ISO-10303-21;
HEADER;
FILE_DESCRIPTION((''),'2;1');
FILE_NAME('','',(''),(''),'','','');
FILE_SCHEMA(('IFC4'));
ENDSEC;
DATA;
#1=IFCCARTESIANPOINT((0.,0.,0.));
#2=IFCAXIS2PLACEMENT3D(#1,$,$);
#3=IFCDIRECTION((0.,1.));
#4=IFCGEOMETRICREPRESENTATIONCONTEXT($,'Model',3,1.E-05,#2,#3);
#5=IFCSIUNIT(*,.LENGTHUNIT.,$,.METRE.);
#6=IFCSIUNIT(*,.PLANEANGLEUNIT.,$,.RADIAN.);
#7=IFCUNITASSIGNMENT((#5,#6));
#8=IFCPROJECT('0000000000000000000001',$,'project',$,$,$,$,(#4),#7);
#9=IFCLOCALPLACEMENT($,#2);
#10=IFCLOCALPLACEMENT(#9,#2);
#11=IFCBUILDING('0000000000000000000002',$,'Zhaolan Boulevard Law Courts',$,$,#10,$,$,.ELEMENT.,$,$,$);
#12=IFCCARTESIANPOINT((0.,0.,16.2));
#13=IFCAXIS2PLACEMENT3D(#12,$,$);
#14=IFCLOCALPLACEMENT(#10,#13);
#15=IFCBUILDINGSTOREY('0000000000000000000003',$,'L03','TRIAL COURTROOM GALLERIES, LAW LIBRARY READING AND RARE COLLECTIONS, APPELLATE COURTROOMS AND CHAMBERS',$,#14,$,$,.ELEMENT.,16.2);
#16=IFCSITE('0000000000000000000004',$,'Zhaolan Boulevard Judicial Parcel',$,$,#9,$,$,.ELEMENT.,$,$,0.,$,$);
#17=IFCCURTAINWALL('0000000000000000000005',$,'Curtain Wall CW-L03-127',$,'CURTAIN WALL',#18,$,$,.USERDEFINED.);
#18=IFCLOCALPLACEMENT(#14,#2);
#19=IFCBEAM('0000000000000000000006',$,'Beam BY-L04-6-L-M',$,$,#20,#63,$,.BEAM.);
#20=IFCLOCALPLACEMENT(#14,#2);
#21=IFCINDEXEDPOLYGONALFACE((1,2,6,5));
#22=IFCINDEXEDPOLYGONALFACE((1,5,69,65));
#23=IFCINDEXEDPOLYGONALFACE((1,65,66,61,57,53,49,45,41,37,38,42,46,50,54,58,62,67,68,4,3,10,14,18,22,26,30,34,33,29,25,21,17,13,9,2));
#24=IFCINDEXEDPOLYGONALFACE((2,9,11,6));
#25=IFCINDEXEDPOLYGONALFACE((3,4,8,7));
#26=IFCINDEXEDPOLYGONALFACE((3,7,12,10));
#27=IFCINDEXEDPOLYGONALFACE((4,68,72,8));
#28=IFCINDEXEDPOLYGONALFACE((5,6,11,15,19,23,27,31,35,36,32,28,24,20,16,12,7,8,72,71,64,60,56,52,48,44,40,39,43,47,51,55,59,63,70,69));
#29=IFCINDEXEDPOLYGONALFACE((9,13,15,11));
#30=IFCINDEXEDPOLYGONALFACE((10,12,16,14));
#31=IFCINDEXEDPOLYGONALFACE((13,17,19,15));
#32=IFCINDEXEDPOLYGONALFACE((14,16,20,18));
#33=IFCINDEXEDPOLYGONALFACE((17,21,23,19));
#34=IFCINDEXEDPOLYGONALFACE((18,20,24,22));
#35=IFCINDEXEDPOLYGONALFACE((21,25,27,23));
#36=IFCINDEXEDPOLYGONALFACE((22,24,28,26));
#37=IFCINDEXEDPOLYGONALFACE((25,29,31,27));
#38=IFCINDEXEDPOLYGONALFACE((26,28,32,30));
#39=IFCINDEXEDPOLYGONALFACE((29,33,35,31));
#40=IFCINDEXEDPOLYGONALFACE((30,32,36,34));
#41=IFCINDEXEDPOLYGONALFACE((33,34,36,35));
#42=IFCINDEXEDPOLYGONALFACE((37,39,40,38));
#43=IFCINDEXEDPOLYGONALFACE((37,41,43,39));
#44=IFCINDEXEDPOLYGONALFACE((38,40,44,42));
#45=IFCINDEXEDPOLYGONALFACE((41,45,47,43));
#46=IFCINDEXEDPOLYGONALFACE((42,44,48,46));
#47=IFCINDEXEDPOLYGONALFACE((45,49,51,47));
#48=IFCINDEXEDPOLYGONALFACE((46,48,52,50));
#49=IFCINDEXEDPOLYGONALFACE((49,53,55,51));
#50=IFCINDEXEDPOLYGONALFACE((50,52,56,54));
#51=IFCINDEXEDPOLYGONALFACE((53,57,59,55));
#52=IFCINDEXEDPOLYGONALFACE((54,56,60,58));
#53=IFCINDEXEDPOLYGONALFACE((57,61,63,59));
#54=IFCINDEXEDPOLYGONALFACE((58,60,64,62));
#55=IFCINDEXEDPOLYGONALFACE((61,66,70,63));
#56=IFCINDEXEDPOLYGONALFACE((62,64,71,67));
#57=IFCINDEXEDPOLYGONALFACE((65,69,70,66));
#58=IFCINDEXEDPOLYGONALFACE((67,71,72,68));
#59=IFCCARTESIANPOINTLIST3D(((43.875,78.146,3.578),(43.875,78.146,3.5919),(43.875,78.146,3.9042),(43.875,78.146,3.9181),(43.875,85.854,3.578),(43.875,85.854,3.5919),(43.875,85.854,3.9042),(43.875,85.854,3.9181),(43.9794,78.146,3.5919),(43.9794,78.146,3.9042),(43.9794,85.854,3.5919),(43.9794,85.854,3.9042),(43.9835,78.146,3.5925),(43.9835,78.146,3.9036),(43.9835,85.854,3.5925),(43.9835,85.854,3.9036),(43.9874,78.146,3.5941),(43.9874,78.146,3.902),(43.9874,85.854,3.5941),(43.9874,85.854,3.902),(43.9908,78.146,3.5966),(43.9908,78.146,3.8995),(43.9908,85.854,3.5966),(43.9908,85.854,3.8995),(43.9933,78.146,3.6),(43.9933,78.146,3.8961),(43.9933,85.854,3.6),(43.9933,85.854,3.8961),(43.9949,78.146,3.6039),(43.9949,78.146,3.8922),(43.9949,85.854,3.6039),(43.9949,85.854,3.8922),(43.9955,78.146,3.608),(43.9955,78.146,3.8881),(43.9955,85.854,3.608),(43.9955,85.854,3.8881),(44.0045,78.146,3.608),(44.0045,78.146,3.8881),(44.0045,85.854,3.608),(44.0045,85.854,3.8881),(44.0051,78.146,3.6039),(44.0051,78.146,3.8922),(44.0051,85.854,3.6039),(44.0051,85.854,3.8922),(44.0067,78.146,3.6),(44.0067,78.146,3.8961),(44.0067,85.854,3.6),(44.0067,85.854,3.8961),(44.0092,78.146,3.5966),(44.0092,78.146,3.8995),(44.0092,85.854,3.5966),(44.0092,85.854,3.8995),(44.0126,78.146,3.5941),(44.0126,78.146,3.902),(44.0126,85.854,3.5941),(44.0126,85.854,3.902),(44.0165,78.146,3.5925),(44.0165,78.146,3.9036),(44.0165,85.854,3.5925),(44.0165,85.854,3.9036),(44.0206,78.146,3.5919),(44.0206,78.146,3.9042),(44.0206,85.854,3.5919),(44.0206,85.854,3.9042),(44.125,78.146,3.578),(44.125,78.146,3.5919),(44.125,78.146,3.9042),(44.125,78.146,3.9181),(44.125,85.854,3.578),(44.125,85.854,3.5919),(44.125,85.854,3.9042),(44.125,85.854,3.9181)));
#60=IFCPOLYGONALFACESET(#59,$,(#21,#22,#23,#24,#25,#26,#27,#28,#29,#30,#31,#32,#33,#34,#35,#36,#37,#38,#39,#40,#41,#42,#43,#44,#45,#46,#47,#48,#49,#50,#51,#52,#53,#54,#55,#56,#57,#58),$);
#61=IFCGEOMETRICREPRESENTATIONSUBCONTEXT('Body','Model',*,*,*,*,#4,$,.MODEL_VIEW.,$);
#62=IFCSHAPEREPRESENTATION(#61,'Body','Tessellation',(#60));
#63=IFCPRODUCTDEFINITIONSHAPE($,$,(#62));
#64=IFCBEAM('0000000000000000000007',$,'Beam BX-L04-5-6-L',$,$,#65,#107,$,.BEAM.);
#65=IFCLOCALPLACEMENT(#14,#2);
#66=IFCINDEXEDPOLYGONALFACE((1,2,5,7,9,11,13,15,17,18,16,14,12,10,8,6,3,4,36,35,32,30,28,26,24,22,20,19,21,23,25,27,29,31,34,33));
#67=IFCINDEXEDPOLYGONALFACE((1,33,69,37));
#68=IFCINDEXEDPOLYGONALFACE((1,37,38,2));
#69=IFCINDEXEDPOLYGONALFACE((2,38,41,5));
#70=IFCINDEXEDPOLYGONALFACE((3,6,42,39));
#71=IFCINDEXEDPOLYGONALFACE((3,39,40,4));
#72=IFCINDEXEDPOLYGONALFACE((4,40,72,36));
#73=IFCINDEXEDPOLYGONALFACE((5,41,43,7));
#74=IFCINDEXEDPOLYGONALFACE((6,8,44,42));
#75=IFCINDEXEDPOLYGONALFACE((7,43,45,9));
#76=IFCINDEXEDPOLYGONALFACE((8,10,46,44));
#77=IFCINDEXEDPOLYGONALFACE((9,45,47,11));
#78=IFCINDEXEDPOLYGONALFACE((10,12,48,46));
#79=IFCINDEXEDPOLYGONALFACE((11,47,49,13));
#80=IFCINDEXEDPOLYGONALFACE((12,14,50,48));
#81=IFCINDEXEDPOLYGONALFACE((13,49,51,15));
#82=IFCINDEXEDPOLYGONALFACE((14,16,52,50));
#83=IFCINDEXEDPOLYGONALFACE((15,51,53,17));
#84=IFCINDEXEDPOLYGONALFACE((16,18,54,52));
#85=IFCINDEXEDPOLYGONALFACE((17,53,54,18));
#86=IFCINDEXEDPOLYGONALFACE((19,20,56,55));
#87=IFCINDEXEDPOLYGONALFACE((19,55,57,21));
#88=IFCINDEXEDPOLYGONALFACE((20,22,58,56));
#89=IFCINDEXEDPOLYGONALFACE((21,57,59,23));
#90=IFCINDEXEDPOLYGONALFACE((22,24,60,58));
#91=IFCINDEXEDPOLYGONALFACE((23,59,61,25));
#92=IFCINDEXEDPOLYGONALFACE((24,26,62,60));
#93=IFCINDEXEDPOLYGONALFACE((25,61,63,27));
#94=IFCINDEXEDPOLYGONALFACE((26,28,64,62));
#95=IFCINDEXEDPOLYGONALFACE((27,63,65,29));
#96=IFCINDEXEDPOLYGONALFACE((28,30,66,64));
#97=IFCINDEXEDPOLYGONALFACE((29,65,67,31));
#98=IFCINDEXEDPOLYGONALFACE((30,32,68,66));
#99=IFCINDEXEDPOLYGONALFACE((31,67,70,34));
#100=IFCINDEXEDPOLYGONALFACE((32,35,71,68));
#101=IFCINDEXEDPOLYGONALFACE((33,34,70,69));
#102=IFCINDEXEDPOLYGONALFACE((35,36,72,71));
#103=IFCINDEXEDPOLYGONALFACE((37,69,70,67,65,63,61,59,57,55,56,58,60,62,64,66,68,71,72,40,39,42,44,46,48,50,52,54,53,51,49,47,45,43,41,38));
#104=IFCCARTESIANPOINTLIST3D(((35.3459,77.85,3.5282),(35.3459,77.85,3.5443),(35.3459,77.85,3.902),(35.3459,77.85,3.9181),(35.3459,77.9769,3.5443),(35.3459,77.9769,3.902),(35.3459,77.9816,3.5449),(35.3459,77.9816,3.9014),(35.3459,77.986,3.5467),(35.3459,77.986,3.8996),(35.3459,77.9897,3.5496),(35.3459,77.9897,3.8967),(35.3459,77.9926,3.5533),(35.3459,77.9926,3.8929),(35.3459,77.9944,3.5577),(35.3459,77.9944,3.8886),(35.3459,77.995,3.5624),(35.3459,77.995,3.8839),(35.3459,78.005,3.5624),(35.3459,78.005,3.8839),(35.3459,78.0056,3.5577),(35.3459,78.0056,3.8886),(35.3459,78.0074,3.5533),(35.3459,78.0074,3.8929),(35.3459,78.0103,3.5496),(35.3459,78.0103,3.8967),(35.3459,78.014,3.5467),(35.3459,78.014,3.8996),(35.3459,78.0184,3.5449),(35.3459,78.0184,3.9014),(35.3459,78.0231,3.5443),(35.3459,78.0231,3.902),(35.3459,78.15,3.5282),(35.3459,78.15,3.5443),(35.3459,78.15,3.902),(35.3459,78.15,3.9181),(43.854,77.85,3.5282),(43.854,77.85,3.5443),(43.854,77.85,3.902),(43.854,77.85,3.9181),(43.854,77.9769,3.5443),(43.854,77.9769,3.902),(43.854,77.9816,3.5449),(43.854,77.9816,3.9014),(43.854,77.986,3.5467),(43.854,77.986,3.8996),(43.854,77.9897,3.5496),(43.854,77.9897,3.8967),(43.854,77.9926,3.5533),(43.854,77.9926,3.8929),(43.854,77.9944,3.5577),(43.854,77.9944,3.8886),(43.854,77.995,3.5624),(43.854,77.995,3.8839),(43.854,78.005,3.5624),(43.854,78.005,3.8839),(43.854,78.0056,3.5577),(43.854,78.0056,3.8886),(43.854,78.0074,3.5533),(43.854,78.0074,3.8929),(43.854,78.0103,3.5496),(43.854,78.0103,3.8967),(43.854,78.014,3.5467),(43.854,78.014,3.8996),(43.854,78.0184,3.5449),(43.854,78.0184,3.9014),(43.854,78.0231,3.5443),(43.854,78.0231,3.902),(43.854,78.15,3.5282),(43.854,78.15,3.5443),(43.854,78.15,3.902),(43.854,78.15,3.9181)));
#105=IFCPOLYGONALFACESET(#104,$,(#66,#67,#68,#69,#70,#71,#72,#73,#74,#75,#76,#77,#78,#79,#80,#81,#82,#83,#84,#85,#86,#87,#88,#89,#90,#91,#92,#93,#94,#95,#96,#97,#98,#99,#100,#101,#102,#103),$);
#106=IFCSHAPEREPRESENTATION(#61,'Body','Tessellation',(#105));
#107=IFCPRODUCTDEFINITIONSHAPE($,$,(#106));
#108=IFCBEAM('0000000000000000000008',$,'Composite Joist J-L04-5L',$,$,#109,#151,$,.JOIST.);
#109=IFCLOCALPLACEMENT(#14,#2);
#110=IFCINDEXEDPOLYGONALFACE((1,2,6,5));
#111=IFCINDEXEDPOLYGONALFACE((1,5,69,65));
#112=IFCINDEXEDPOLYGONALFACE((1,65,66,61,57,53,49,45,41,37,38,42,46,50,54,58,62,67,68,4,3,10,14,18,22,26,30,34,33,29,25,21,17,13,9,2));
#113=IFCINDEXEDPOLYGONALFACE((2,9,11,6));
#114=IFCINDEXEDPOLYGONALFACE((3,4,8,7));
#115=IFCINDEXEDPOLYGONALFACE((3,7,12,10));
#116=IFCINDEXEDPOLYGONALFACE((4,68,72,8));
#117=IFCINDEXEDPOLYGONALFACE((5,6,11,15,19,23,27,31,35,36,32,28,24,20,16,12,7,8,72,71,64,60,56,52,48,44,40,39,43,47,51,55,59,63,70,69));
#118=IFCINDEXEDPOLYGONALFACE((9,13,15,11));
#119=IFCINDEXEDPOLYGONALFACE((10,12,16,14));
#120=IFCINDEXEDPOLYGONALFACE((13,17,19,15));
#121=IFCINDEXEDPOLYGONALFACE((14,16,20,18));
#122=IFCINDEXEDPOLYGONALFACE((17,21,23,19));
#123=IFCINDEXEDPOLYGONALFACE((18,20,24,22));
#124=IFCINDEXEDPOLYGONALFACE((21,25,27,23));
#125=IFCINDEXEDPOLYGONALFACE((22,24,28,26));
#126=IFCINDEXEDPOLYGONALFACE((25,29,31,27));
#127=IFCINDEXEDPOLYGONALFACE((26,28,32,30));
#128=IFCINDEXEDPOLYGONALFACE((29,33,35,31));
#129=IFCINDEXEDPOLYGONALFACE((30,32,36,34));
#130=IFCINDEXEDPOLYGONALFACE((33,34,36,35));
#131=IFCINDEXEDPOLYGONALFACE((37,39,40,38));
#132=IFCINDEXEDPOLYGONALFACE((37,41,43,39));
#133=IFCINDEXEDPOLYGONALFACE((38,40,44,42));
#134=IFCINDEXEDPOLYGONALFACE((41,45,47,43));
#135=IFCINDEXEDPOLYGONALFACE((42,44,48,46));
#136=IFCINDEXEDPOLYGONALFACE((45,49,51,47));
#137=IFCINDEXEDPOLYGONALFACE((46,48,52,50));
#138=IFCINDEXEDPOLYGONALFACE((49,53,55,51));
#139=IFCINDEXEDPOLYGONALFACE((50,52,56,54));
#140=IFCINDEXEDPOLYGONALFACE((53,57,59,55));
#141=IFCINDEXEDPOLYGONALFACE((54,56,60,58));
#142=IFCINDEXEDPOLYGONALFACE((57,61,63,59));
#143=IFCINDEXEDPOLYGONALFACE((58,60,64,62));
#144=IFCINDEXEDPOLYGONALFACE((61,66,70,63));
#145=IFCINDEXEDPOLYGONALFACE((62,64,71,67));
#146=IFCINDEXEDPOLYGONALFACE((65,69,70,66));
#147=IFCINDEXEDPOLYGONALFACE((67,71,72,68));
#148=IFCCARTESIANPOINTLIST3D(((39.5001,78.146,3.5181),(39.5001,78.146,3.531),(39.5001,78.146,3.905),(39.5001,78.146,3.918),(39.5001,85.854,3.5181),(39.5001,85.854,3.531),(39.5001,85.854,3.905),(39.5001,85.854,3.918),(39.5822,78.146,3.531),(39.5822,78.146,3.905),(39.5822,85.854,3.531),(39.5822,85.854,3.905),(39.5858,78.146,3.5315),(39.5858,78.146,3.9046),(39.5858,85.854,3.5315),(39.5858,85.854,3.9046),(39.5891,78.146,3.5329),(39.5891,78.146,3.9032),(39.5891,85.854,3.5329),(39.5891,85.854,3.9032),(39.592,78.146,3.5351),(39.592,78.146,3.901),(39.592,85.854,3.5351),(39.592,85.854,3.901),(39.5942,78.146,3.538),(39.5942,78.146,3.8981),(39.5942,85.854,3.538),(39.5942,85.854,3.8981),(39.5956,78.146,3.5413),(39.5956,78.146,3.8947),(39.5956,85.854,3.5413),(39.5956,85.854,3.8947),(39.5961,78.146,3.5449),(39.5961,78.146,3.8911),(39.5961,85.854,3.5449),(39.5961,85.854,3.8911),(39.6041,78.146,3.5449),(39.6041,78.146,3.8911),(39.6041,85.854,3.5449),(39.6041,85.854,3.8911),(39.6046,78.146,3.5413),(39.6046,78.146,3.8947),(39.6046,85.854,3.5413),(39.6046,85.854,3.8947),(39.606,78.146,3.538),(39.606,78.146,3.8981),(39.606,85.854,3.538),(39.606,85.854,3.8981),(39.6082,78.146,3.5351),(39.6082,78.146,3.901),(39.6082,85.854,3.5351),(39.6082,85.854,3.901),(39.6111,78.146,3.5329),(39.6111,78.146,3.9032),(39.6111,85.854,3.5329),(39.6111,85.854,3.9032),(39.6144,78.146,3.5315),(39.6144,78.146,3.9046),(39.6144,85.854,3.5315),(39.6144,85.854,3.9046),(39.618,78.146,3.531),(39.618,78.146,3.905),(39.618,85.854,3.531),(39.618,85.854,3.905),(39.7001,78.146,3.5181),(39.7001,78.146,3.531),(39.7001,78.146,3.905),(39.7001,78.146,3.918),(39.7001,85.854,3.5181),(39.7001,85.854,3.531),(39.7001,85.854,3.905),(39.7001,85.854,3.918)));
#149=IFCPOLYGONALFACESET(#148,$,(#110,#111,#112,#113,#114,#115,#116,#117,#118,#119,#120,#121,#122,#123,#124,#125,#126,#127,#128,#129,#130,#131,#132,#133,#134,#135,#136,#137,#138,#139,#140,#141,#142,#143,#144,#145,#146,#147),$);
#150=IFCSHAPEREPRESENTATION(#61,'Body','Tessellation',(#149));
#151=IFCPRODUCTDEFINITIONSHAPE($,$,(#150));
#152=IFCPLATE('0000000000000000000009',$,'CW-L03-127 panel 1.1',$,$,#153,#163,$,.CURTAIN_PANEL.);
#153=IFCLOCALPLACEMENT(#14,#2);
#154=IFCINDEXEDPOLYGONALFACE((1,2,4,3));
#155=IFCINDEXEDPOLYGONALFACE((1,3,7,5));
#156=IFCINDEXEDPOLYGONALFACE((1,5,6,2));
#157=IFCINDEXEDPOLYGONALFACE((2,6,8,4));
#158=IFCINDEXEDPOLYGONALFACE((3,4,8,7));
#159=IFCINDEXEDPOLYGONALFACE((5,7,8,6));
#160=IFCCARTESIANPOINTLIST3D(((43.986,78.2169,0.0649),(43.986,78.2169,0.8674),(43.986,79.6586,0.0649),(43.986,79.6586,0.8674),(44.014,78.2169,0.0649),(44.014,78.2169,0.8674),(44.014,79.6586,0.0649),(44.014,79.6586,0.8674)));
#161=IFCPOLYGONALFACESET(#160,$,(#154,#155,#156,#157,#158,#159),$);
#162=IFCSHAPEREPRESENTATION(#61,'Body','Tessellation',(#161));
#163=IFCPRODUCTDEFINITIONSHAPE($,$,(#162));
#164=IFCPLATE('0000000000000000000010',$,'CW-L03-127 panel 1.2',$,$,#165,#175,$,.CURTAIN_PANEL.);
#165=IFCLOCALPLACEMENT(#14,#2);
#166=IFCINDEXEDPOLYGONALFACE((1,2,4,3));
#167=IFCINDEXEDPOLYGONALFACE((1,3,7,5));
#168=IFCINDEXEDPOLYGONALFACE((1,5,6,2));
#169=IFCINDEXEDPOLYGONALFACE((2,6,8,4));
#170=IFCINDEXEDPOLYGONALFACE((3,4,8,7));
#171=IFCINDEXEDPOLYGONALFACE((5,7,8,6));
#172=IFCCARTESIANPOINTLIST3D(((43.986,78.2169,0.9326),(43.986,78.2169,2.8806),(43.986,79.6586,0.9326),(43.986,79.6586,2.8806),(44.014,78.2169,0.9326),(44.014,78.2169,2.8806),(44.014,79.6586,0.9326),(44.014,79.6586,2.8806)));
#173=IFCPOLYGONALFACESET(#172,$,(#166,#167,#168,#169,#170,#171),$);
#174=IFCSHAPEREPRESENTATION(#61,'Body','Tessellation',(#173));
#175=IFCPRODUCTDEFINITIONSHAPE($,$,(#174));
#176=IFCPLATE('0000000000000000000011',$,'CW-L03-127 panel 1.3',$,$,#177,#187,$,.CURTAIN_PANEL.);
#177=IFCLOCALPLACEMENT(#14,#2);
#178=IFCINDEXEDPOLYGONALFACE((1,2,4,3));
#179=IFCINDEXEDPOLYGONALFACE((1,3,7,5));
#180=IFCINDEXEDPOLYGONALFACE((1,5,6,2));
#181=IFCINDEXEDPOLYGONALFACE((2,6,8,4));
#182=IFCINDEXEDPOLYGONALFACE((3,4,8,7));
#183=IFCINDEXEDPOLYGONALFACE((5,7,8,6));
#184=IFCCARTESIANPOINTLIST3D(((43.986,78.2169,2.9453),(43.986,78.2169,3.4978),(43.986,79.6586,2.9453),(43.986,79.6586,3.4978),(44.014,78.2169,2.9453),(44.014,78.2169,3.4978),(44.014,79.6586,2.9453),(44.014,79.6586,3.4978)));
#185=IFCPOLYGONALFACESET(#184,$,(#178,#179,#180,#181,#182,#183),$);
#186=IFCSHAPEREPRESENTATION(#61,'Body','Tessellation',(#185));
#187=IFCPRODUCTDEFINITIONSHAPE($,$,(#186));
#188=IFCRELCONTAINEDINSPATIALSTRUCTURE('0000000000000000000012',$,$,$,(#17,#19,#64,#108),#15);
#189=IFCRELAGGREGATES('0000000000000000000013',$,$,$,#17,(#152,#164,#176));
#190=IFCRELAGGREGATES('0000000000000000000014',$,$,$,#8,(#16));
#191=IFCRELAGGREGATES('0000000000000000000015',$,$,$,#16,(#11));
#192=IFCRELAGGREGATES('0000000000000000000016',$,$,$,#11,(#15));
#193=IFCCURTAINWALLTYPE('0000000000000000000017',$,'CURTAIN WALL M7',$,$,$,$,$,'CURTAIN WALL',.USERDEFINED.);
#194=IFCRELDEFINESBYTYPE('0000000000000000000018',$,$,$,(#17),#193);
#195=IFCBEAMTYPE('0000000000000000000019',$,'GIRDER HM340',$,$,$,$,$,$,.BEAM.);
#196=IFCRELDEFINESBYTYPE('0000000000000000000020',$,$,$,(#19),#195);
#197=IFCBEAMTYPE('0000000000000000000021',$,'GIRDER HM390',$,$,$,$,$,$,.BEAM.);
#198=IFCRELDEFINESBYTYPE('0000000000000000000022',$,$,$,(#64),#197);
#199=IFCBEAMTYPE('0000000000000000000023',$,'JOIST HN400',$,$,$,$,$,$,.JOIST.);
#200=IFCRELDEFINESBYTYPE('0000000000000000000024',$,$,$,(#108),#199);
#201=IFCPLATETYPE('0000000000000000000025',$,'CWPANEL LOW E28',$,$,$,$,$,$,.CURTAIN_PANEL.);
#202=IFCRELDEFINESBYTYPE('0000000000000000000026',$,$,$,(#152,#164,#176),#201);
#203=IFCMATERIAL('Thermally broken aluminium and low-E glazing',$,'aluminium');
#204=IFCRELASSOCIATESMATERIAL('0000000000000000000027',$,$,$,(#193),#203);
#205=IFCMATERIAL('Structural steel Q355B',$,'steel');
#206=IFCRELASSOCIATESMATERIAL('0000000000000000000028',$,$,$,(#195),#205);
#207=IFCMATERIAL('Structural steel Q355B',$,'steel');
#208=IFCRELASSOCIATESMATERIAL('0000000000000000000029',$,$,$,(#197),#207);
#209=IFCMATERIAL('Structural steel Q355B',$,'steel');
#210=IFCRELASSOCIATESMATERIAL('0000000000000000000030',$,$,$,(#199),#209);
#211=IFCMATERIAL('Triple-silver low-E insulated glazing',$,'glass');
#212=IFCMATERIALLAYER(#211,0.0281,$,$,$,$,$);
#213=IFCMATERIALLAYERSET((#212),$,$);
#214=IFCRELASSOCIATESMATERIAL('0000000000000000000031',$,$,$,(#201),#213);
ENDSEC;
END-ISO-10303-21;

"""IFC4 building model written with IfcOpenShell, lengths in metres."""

from ifc_helpers import new_model, si_unit, direction, frame, origin, origin_2d, place, context, subcontext, project, spatial, rectangle, i_section, extrude, material, layer, layer_set, material_profile, profile_set, type_object, element, aggregate, save


model = new_model("IFC4")

# Units and contexts
model_context = context("Model", 3, precision=1e-05, world=origin(), true_north=direction((0.0, 1.0)))
body_context = subcontext(model_context, "Body", "Model", "MODEL_VIEW")
ifc_project = project(units=[si_unit("LENGTHUNIT", "METRE"), si_unit("PLANEANGLEUNIT", "RADIAN")], contexts=[model_context])

# Site, building, storey
site_placement = place(None, origin())
site = spatial("IfcSite", under=ifc_project, at=site_placement, Name="Zhaolan Boulevard Judicial Parcel", CompositionType="ELEMENT", RefElevation=0.0)
building_placement = place(site_placement, origin())
building = spatial("IfcBuilding", under=site, at=building_placement, Name="Zhaolan Boulevard Law Courts", CompositionType="ELEMENT")
storey_placement = place(building_placement, frame((0.0, 0.0, 16.2)))
storey = spatial("IfcBuildingStorey", under=building, at=storey_placement, Name="L03", Description="TRIAL COURTROOM GALLERIES, LAW LIBRARY READING AND RARE COLLECTIONS, APPELLATE COURTROOMS AND CHAMBERS", CompositionType="ELEMENT", Elevation=16.2)

# Curtain wall
ifc_material_1 = material(Name="Thermally broken aluminium and low-E glazing", Category="aluminium")
curtain_wall_type = type_object("IfcCurtainWallType", Name="CURTAIN WALL M7", ElementType="CURTAIN WALL", PredefinedType="USERDEFINED", material=ifc_material_1)
curtain_wall_placement = place(storey_placement, origin())
curtain_wall = element("IfcCurtainWall", 1, at=curtain_wall_placement, inside=storey, type_object=curtain_wall_type, Name="Curtain Wall CW-L03-127", ObjectType="CURTAIN WALL", PredefinedType="USERDEFINED")

# Beams
ifc_material_2 = material(Name="Structural steel Q355B", Category="steel")
ifc_material_profile_1 = material_profile(ifc_material_2, i_section(OverallWidth=0.25, OverallDepth=0.3401, WebThickness=0.009, FlangeThickness=0.0139, FilletRadius=0.0161, at=origin_2d()), Name="HM340x250")
ifc_profile_set_1 = profile_set([ifc_material_profile_1], Name="Structural steel Q355B")
beam_type_1 = type_object("IfcBeamType", Name="GIRDER HM340", PredefinedType="BEAM", material=ifc_profile_set_1)
for number, where, z_axis, x_axis, name in (
    (2, (44.0, 78.146, 3.748), (0.0, 1.0, 0.0), (-1.0, 0.0, 0.0), "Beam BY-L04-6-L-M"),
):
    element("IfcBeam", number, at=place(storey_placement, frame(where, z_axis=z_axis, x_axis=x_axis)), inside=storey, type_object=beam_type_1, Name=name, PredefinedType="BEAM", context=body_context, shape_type="SweptSolid", body=[
        extrude(i_section(OverallWidth=0.25, OverallDepth=0.3401, WebThickness=0.009, FlangeThickness=0.0139, FilletRadius=0.0161, at=origin_2d()), origin(), (0.0, 0.0, 1.0), 7.708),
    ])
ifc_material_3 = material(Name="Structural steel Q355B", Category="steel")
ifc_material_profile_2 = material_profile(ifc_material_3, i_section(OverallWidth=0.3, OverallDepth=0.3899, WebThickness=0.01, FlangeThickness=0.0161, FilletRadius=0.0181, at=origin_2d()), Name="HM390x300")
ifc_profile_set_2 = profile_set([ifc_material_profile_2], Name="Structural steel Q355B")
beam_type_2 = type_object("IfcBeamType", Name="GIRDER HM390", PredefinedType="BEAM", material=ifc_profile_set_2)
beam_1_placement = place(storey_placement, frame((35.3459, 78.0, 3.7231), z_axis=(1.0, 0.0, 0.0), x_axis=(0.0, 1.0, 0.0)))
element("IfcBeam", 3, at=beam_1_placement, inside=storey, type_object=beam_type_2, Name="Beam BX-L04-5-6-L", PredefinedType="BEAM", context=body_context, shape_type="SweptSolid", body=[
    extrude(i_section(OverallWidth=0.3, OverallDepth=0.3899, WebThickness=0.01, FlangeThickness=0.0161, FilletRadius=0.0181, at=origin_2d()), origin(), (0.0, 0.0, 1.0), 8.5081),
])
ifc_material_4 = material(Name="Structural steel Q355B", Category="steel")
ifc_material_profile_3 = material_profile(ifc_material_4, i_section(OverallWidth=0.2, OverallDepth=0.3999, WebThickness=0.0081, FlangeThickness=0.0129, FilletRadius=0.0139, at=origin_2d()), Name="HN400x200")
ifc_profile_set_3 = profile_set([ifc_material_profile_3], Name="Structural steel Q355B")
beam_type_3 = type_object("IfcBeamType", Name="JOIST HN400", PredefinedType="JOIST", material=ifc_profile_set_3)
beam_2_placement = place(storey_placement, frame((39.6001, 78.146, 3.718), z_axis=(0.0, 1.0, 0.0), x_axis=(-1.0, 0.0, 0.0)))
element("IfcBeam", 4, at=beam_2_placement, inside=storey, type_object=beam_type_3, Name="Composite Joist J-L04-5L", PredefinedType="JOIST", context=body_context, shape_type="SweptSolid", body=[
    extrude(i_section(OverallWidth=0.2, OverallDepth=0.3999, WebThickness=0.0081, FlangeThickness=0.0129, FilletRadius=0.0139, at=origin_2d()), origin(), (0.0, 0.0, 1.0), 7.708),
])

# Plates
ifc_material_5 = material(Name="Triple-silver low-E insulated glazing", Category="glass")
ifc_layer_1 = layer(ifc_material_5, 0.0281)
ifc_layer_set_1 = layer_set([ifc_layer_1])
plate_type = type_object("IfcPlateType", Name="CWPANEL LOW E28", PredefinedType="CURTAIN_PANEL", material=ifc_layer_set_1)
plate_1_placement = place(storey_placement, frame((44.0, 78.9377, 0.0649), z_axis=(0.0, 0.0, 1.0), x_axis=(0.0, 1.0, 0.0)))
plate_1 = element("IfcPlate", 5, at=plate_1_placement, type_object=plate_type, Name="CW-L03-127 panel 1.1", PredefinedType="CURTAIN_PANEL", context=body_context, shape_type="SweptSolid", body=[
    extrude(rectangle(XDim=1.4417, YDim=0.0281, at=origin_2d()), origin(), (0.0, 0.0, 1.0), 0.8025),
])
plate_2_placement = place(storey_placement, frame((44.0, 78.9377, 0.9326), z_axis=(0.0, 0.0, 1.0), x_axis=(0.0, 1.0, 0.0)))
plate_2 = element("IfcPlate", 6, at=plate_2_placement, type_object=plate_type, Name="CW-L03-127 panel 1.2", PredefinedType="CURTAIN_PANEL", context=body_context, shape_type="SweptSolid", body=[
    extrude(rectangle(XDim=1.4417, YDim=0.0281, at=origin_2d()), origin(), (0.0, 0.0, 1.0), 1.948),
])
plate_3_placement = place(storey_placement, frame((44.0, 78.9377, 2.9453), z_axis=(0.0, 0.0, 1.0), x_axis=(0.0, 1.0, 0.0)))
plate_3 = element("IfcPlate", 7, at=plate_3_placement, type_object=plate_type, Name="CW-L03-127 panel 1.3", PredefinedType="CURTAIN_PANEL", context=body_context, shape_type="SweptSolid", body=[
    extrude(rectangle(XDim=1.4417, YDim=0.0281, at=origin_2d()), origin(), (0.0, 0.0, 1.0), 0.5525),
])
aggregate(curtain_wall, [plate_1, plate_2, plate_3])

save(model, "model.ifc")
